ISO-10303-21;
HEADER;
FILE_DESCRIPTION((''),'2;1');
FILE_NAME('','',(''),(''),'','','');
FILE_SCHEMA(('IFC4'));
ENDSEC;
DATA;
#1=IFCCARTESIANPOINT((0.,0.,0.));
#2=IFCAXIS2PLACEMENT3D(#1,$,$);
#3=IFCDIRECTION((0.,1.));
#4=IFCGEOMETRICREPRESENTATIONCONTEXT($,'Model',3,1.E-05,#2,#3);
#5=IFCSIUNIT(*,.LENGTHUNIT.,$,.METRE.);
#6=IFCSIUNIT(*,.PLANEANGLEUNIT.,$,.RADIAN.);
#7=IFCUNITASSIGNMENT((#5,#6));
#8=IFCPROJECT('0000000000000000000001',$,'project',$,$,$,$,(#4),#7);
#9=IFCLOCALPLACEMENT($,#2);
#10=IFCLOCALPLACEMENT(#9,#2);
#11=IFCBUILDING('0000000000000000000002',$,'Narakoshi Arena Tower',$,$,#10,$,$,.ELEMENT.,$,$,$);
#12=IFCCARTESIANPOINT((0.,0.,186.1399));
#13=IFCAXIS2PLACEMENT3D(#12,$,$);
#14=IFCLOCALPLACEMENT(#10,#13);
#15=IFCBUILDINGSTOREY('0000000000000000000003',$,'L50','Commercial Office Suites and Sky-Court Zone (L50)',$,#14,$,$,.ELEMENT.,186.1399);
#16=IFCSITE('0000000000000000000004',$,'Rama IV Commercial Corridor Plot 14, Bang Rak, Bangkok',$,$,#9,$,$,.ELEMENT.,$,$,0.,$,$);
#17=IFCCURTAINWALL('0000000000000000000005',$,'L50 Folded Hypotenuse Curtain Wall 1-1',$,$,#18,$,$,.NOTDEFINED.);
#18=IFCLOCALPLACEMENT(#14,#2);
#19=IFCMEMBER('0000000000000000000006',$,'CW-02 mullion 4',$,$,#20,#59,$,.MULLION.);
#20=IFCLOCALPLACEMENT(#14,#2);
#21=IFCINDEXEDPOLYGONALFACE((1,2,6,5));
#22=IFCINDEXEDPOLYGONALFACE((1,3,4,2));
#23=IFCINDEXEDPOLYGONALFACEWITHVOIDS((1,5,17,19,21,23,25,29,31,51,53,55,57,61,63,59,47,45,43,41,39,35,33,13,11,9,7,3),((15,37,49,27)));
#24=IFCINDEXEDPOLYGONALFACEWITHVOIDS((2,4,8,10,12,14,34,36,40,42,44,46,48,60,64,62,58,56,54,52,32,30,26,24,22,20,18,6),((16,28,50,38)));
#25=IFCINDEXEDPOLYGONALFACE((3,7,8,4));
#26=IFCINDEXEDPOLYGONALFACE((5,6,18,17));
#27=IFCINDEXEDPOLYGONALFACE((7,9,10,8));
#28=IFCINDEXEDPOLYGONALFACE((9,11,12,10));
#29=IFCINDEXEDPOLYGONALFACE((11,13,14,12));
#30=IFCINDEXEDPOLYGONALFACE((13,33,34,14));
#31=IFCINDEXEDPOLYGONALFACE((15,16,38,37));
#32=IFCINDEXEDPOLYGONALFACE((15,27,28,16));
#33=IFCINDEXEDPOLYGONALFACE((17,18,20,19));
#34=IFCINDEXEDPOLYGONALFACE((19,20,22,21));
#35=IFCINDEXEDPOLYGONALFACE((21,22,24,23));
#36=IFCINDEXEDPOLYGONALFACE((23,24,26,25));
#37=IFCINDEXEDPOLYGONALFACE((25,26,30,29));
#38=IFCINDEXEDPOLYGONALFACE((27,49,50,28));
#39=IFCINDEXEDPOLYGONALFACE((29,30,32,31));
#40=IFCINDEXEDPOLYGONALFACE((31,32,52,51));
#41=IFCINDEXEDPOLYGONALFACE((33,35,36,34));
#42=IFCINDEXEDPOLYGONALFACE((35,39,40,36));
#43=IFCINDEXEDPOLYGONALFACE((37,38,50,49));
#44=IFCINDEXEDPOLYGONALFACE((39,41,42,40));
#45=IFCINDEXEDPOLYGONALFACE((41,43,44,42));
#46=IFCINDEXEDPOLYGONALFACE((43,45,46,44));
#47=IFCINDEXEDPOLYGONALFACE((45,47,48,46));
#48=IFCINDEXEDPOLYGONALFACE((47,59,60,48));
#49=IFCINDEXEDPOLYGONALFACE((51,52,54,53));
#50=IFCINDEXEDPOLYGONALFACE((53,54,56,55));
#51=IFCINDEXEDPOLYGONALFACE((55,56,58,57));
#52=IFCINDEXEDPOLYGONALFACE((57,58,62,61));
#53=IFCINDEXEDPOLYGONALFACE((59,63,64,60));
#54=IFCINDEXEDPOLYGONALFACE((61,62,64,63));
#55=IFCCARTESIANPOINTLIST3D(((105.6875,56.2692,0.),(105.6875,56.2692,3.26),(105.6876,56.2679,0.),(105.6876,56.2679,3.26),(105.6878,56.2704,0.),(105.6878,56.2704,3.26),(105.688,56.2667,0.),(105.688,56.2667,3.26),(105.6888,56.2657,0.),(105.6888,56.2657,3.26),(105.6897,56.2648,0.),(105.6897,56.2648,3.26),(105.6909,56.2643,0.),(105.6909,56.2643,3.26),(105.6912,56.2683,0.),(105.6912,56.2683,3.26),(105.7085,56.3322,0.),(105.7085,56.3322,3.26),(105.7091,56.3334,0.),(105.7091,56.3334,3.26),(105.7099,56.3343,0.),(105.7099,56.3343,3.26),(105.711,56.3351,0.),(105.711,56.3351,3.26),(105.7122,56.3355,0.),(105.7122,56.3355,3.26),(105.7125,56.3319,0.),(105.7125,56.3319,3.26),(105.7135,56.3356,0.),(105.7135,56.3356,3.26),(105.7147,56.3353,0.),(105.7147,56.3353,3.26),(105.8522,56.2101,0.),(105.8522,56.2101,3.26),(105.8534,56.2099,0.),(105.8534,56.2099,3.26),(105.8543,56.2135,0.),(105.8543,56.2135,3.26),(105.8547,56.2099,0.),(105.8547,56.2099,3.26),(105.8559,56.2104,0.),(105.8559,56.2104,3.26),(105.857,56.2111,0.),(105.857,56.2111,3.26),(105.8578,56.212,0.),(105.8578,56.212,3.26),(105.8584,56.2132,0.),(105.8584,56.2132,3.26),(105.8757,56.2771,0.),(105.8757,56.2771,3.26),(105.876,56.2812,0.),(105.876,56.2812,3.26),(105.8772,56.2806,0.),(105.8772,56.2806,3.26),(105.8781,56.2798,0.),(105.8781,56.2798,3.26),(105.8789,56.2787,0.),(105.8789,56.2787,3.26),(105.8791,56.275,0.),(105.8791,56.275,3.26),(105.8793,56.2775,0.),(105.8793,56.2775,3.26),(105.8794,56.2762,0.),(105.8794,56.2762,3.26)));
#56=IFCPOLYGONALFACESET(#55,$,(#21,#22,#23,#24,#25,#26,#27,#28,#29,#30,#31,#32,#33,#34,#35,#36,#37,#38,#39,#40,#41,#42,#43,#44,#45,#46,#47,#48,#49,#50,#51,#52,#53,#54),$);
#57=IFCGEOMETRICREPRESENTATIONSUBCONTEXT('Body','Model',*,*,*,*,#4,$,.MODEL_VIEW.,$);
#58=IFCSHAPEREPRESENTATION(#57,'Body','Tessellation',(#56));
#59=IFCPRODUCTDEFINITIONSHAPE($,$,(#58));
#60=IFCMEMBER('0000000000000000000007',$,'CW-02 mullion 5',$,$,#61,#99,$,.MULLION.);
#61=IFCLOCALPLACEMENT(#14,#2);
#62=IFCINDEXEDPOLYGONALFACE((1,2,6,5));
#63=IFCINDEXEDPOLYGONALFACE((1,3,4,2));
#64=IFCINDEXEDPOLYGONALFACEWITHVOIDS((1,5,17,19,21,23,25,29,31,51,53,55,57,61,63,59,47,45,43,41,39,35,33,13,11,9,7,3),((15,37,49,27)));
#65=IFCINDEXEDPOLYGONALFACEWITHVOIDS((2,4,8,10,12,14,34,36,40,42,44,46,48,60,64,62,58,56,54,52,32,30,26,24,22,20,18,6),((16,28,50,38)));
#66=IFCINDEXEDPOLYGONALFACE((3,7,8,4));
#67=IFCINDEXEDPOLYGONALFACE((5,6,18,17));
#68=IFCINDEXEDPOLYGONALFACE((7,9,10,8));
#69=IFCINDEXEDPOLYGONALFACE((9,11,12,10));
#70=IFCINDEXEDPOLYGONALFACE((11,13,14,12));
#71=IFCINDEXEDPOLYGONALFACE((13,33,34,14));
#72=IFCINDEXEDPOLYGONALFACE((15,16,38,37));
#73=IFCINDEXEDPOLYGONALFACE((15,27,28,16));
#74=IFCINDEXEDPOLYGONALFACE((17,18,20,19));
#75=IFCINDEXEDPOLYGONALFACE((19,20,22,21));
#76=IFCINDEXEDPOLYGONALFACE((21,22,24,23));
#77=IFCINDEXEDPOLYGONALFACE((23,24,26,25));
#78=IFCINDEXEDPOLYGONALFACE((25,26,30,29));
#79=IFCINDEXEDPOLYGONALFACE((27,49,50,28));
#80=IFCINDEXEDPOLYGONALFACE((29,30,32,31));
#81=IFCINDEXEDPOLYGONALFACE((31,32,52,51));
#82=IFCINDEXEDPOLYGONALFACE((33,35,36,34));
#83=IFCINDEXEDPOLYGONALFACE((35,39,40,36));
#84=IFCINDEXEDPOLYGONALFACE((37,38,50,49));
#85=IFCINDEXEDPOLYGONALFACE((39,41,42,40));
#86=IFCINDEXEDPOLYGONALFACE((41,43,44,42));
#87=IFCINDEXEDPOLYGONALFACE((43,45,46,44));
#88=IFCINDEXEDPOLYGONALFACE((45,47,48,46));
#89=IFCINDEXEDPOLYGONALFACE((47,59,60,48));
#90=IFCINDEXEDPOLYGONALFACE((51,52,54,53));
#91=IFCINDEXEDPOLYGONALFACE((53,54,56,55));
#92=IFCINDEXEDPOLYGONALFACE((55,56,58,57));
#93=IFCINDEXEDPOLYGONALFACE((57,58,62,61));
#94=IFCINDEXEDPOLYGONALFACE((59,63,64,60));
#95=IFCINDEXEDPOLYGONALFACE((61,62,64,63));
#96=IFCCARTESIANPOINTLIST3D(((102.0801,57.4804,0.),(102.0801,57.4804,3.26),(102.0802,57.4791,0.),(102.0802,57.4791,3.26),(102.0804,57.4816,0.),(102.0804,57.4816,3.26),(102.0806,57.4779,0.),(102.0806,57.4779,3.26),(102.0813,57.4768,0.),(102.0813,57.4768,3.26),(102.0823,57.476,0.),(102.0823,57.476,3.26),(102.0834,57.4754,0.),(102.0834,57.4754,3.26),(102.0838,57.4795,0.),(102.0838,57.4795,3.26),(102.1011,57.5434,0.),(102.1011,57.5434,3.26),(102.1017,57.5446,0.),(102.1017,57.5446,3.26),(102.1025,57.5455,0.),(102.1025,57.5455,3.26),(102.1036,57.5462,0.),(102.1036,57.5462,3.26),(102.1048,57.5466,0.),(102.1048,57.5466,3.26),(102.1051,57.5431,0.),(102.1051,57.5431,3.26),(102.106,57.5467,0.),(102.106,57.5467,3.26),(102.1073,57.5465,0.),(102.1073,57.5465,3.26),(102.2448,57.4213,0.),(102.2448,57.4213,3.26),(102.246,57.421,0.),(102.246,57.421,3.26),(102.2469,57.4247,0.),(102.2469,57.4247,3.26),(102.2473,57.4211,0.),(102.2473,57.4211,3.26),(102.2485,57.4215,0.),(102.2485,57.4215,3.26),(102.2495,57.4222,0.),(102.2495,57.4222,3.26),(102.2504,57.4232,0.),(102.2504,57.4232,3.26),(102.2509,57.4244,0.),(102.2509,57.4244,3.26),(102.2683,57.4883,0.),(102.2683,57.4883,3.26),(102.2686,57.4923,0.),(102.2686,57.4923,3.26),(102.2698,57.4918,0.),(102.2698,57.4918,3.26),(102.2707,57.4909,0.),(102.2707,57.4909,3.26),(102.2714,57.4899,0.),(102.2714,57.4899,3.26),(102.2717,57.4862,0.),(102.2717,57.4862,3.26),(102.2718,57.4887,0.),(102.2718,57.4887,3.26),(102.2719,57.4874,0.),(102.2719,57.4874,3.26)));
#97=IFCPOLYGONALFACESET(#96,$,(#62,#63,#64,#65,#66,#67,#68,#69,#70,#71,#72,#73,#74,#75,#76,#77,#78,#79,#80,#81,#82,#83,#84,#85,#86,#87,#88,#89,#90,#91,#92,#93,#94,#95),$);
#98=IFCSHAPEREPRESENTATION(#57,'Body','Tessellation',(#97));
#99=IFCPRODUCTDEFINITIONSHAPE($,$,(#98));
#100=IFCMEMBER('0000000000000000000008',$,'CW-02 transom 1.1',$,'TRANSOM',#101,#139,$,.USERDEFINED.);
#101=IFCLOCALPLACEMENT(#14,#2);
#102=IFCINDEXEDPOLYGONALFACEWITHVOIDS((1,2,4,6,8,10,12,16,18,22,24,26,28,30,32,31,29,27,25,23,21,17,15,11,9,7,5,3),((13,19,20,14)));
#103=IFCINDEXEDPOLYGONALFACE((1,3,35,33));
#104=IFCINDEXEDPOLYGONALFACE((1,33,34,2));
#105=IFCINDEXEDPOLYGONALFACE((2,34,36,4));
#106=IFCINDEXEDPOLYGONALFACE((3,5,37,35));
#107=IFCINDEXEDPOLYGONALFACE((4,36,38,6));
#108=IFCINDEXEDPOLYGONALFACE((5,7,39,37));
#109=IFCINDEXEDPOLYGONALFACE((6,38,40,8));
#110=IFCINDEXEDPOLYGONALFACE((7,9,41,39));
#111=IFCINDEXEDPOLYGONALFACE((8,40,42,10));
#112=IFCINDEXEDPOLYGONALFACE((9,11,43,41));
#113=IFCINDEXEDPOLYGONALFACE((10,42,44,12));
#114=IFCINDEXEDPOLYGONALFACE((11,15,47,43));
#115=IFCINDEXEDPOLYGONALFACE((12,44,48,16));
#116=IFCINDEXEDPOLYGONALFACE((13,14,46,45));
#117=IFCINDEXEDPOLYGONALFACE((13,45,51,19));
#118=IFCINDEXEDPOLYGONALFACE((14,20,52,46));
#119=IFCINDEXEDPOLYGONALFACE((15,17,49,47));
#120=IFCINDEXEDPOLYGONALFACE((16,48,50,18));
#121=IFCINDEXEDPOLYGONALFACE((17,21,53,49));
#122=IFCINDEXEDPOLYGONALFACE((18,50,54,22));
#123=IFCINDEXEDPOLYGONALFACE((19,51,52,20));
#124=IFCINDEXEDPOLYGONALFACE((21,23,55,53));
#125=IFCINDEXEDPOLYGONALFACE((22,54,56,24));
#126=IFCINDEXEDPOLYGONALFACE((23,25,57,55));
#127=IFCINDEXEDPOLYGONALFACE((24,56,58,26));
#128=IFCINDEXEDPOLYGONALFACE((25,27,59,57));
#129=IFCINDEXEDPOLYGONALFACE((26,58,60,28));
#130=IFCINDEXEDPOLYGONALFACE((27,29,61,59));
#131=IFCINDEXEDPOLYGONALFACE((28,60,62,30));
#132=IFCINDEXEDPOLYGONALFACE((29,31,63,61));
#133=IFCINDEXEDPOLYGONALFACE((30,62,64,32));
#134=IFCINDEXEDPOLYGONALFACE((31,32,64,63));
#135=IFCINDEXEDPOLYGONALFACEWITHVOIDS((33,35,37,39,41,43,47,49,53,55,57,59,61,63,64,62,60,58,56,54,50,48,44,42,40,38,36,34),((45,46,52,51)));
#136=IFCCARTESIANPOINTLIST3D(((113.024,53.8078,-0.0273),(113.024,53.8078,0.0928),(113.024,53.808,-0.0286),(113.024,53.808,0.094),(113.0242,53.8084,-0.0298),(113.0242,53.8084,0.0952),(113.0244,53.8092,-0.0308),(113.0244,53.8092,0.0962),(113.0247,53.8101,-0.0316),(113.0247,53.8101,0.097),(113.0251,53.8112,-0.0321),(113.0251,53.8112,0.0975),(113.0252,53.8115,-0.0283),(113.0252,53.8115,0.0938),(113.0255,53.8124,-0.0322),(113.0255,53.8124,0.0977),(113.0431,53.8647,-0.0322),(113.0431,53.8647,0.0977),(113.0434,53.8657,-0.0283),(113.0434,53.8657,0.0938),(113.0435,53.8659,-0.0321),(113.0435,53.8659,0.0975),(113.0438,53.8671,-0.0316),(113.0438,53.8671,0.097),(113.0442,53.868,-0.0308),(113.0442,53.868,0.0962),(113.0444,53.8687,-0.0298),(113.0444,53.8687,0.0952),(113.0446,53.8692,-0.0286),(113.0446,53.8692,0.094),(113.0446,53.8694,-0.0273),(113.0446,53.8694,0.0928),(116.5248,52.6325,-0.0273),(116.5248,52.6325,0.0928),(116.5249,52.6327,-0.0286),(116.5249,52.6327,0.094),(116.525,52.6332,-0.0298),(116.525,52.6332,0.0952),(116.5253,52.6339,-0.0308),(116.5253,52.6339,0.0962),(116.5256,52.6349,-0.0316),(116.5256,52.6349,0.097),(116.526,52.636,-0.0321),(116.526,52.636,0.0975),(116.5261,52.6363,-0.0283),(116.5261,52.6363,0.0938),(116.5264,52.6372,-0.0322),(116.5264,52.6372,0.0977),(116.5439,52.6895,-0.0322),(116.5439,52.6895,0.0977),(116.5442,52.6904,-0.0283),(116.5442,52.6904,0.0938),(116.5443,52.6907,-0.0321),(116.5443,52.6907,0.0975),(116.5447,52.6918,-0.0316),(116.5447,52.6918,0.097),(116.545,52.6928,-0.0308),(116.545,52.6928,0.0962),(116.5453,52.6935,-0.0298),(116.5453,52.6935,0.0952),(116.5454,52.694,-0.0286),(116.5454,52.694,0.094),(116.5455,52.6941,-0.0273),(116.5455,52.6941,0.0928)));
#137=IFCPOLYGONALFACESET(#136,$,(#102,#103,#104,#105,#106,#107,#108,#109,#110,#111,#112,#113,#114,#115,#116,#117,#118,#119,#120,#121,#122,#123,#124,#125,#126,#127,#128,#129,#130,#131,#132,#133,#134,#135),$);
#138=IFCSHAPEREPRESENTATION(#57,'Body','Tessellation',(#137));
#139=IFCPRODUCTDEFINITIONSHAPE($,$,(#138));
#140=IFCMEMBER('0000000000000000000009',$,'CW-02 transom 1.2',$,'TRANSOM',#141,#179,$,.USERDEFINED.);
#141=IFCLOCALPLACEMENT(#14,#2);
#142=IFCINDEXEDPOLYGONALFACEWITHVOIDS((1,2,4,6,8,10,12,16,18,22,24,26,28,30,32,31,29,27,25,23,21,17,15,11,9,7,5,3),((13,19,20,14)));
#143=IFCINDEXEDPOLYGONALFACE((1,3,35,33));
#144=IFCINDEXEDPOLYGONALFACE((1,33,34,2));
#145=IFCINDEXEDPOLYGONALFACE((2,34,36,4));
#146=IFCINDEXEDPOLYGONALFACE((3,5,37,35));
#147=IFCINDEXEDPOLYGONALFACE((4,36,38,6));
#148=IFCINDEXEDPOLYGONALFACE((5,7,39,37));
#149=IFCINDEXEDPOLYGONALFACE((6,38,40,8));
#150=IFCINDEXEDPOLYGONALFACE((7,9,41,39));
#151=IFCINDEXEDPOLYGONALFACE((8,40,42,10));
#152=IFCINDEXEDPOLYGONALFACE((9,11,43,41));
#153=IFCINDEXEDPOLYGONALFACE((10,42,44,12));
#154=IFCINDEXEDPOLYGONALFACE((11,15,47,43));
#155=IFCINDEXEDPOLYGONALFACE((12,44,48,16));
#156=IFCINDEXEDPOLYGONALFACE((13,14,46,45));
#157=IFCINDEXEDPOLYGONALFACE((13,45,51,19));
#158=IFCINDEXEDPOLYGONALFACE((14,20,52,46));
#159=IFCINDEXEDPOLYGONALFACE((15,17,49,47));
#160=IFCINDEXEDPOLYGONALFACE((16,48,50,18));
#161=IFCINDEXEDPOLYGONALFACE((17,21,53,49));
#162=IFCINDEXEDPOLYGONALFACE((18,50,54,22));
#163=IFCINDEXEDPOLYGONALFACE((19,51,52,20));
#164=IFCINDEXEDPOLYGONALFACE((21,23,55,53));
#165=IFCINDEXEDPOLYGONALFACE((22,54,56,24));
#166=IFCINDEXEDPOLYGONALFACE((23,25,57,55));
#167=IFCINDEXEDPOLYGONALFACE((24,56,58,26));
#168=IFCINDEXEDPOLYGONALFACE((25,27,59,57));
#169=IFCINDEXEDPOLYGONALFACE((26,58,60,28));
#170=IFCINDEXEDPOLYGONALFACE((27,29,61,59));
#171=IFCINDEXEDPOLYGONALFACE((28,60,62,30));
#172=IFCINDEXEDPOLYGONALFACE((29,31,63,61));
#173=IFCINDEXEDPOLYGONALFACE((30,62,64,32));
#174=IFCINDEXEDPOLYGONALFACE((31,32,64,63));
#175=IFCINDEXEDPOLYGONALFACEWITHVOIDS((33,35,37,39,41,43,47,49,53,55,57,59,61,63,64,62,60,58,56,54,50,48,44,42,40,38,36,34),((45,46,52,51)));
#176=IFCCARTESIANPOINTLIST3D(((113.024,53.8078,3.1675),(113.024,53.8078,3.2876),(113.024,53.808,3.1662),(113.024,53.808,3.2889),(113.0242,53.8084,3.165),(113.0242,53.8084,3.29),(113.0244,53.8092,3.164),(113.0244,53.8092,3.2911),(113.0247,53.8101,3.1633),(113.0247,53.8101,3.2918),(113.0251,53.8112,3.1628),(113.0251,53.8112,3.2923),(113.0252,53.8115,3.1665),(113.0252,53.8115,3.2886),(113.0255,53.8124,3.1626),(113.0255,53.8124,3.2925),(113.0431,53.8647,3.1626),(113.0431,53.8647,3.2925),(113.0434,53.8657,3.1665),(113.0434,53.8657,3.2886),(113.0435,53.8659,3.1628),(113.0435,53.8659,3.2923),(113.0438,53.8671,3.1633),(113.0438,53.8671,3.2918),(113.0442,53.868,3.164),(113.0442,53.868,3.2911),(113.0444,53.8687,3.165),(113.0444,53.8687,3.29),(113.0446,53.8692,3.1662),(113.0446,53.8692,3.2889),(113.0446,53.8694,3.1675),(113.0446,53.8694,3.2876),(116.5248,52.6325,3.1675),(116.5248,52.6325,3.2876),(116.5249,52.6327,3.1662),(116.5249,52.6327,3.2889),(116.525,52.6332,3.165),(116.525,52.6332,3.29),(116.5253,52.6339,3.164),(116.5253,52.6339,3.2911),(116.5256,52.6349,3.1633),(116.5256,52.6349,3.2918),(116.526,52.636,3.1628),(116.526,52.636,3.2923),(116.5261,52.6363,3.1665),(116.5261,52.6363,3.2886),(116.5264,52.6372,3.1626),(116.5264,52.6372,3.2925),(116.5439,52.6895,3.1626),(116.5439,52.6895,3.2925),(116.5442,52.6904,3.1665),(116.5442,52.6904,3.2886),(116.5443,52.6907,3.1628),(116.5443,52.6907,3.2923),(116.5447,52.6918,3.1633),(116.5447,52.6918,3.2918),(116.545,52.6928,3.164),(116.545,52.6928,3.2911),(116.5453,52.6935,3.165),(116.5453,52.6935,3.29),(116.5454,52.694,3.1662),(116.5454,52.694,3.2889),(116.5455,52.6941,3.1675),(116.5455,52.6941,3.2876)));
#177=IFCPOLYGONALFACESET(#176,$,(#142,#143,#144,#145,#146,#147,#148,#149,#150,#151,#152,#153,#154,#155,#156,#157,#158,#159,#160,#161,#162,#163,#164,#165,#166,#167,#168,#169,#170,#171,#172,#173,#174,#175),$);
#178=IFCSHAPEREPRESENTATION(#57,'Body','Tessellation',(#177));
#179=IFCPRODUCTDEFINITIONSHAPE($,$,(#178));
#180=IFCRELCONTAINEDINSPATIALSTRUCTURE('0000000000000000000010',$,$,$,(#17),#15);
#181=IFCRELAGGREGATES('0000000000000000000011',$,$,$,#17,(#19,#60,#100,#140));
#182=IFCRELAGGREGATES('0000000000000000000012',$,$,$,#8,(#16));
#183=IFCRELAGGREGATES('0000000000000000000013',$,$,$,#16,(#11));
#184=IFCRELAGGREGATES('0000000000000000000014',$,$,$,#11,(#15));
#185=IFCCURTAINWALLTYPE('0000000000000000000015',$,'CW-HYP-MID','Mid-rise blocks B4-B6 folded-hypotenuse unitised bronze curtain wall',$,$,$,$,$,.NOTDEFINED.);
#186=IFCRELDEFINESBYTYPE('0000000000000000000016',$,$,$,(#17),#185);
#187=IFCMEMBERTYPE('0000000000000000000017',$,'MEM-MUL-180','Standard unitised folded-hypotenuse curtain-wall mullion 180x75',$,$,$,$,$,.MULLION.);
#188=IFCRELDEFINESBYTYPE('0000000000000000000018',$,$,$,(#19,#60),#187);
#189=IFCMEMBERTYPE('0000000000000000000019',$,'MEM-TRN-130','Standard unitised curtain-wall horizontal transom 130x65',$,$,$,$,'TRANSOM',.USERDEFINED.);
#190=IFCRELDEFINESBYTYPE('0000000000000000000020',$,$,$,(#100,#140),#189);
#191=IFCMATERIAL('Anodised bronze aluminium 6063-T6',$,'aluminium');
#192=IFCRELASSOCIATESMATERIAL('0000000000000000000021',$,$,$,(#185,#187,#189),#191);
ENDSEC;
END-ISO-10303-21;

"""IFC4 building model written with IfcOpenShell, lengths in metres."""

from ifc_helpers import new_model, si_unit, direction, frame, origin, origin_2d, place, context, subcontext, project, spatial, hollow_rectangle, extrude, material, material_profile, profile_set, type_object, element, aggregate, save


model = new_model("IFC4")

# Units and contexts
model_context = context("Model", 3, precision=1e-05, world=origin(), true_north=direction((0.0, 1.0)))
body_context = subcontext(model_context, "Body", "Model", "MODEL_VIEW")
ifc_project = project(units=[si_unit("LENGTHUNIT", "METRE"), si_unit("PLANEANGLEUNIT", "RADIAN")], contexts=[model_context])

# Site, building, storey
site_placement = place(None, origin())
site = spatial("IfcSite", under=ifc_project, at=site_placement, Name="Rama IV Commercial Corridor Plot 14, Bang Rak, Bangkok", CompositionType="ELEMENT", RefElevation=0.0)
building_placement = place(site_placement, origin())
building = spatial("IfcBuilding", under=site, at=building_placement, Name="Narakoshi Arena Tower", CompositionType="ELEMENT")
storey_placement = place(building_placement, frame((0.0, 0.0, 186.1399)))
storey = spatial("IfcBuildingStorey", under=building, at=storey_placement, Name="L50", Description="Commercial Office Suites and Sky-Court Zone (L50)", CompositionType="ELEMENT", Elevation=186.1399)

# Curtain wall, members
ifc_material_1 = material(Name="Anodised bronze aluminium 6063-T6", Category="aluminium")
curtain_wall_type = type_object("IfcCurtainWallType", Name="CW-HYP-MID", Description="Mid-rise blocks B4-B6 folded-hypotenuse unitised bronze curtain wall", PredefinedType="NOTDEFINED", material=ifc_material_1)
curtain_wall_placement = place(storey_placement, origin())
curtain_wall = element("IfcCurtainWall", 1, at=curtain_wall_placement, inside=storey, type_object=curtain_wall_type, Name="L50 Folded Hypotenuse Curtain Wall 1-1", PredefinedType="NOTDEFINED")
ifc_material_profile_1 = material_profile(ifc_material_1, hollow_rectangle(XDim=0.075, YDim=0.1799, WallThickness=0.0039, OuterFilletRadius=0.0049, at=origin_2d()), Name="MUL180x75x4")
ifc_profile_set_1 = profile_set([ifc_material_profile_1], Name="Anodised bronze aluminium 6063-T6")
member_type_1 = type_object("IfcMemberType", Name="MEM-MUL-180", Description="Standard unitised folded-hypotenuse curtain-wall mullion 180x75", PredefinedType="MULLION", material=ifc_profile_set_1)
member_1_placement = place(storey_placement, frame((105.7834, 56.2727, 0.0), z_axis=(0.0, 0.0, 1.0), x_axis=(-0.318261, -0.948003, 0.0)))
member_1 = element("IfcMember", 2, at=member_1_placement, type_object=member_type_1, Name="CW-02 mullion 4", PredefinedType="MULLION", context=body_context, shape_type="SweptSolid", body=[
    extrude(hollow_rectangle(XDim=0.075, YDim=0.1799, WallThickness=0.0039, OuterFilletRadius=0.0049, at=origin_2d()), origin(), (0.0, 0.0, 1.0), 3.26),
])
member_2_placement = place(storey_placement, frame((102.176, 57.4839, 0.0), z_axis=(0.0, 0.0, 1.0), x_axis=(-0.318261, -0.948003, 0.0)))
member_2 = element("IfcMember", 3, at=member_2_placement, type_object=member_type_1, Name="CW-02 mullion 5", PredefinedType="MULLION", context=body_context, shape_type="SweptSolid", body=[
    extrude(hollow_rectangle(XDim=0.075, YDim=0.1799, WallThickness=0.0039, OuterFilletRadius=0.0049, at=origin_2d()), origin(), (0.0, 0.0, 1.0), 3.26),
])
ifc_material_profile_2 = material_profile(ifc_material_1, hollow_rectangle(XDim=0.0649, YDim=0.1299, WallThickness=0.0039, OuterFilletRadius=0.0049, at=origin_2d()), Name="TRN130x65x4")
ifc_profile_set_2 = profile_set([ifc_material_profile_2], Name="Anodised bronze aluminium 6063-T6")
member_type_2 = type_object("IfcMemberType", Name="MEM-TRN-130", Description="Standard unitised curtain-wall horizontal transom 130x65", ElementType="TRANSOM", PredefinedType="USERDEFINED", material=ifc_profile_set_2)
member_3_placement = place(storey_placement, frame((116.5352, 52.6633, 0.0327), z_axis=(-0.948007, 0.31825, 0.0), x_axis=(-0.31825, -0.948007, 0.0)))
member_3 = element("IfcMember", 4, at=member_3_placement, type_object=member_type_2, Name="CW-02 transom 1.1", ObjectType="TRANSOM", PredefinedType="USERDEFINED", context=body_context, shape_type="SweptSolid", body=[
    extrude(hollow_rectangle(XDim=0.0649, YDim=0.1299, WallThickness=0.0039, OuterFilletRadius=0.0049, at=origin_2d()), origin(), (0.0, 0.0, 1.0), 3.6929),
])
member_4_placement = place(storey_placement, frame((116.5352, 52.6633, 3.2275), z_axis=(-0.948007, 0.31825, 0.0), x_axis=(-0.31825, -0.948007, 0.0)))
member_4 = element("IfcMember", 5, at=member_4_placement, type_object=member_type_2, Name="CW-02 transom 1.2", ObjectType="TRANSOM", PredefinedType="USERDEFINED", context=body_context, shape_type="SweptSolid", body=[
    extrude(hollow_rectangle(XDim=0.0649, YDim=0.1299, WallThickness=0.0039, OuterFilletRadius=0.0049, at=origin_2d()), origin(), (0.0, 0.0, 1.0), 3.6929),
])
aggregate(curtain_wall, [member_1, member_2, member_3, member_4])

save(model, "model.ifc")
